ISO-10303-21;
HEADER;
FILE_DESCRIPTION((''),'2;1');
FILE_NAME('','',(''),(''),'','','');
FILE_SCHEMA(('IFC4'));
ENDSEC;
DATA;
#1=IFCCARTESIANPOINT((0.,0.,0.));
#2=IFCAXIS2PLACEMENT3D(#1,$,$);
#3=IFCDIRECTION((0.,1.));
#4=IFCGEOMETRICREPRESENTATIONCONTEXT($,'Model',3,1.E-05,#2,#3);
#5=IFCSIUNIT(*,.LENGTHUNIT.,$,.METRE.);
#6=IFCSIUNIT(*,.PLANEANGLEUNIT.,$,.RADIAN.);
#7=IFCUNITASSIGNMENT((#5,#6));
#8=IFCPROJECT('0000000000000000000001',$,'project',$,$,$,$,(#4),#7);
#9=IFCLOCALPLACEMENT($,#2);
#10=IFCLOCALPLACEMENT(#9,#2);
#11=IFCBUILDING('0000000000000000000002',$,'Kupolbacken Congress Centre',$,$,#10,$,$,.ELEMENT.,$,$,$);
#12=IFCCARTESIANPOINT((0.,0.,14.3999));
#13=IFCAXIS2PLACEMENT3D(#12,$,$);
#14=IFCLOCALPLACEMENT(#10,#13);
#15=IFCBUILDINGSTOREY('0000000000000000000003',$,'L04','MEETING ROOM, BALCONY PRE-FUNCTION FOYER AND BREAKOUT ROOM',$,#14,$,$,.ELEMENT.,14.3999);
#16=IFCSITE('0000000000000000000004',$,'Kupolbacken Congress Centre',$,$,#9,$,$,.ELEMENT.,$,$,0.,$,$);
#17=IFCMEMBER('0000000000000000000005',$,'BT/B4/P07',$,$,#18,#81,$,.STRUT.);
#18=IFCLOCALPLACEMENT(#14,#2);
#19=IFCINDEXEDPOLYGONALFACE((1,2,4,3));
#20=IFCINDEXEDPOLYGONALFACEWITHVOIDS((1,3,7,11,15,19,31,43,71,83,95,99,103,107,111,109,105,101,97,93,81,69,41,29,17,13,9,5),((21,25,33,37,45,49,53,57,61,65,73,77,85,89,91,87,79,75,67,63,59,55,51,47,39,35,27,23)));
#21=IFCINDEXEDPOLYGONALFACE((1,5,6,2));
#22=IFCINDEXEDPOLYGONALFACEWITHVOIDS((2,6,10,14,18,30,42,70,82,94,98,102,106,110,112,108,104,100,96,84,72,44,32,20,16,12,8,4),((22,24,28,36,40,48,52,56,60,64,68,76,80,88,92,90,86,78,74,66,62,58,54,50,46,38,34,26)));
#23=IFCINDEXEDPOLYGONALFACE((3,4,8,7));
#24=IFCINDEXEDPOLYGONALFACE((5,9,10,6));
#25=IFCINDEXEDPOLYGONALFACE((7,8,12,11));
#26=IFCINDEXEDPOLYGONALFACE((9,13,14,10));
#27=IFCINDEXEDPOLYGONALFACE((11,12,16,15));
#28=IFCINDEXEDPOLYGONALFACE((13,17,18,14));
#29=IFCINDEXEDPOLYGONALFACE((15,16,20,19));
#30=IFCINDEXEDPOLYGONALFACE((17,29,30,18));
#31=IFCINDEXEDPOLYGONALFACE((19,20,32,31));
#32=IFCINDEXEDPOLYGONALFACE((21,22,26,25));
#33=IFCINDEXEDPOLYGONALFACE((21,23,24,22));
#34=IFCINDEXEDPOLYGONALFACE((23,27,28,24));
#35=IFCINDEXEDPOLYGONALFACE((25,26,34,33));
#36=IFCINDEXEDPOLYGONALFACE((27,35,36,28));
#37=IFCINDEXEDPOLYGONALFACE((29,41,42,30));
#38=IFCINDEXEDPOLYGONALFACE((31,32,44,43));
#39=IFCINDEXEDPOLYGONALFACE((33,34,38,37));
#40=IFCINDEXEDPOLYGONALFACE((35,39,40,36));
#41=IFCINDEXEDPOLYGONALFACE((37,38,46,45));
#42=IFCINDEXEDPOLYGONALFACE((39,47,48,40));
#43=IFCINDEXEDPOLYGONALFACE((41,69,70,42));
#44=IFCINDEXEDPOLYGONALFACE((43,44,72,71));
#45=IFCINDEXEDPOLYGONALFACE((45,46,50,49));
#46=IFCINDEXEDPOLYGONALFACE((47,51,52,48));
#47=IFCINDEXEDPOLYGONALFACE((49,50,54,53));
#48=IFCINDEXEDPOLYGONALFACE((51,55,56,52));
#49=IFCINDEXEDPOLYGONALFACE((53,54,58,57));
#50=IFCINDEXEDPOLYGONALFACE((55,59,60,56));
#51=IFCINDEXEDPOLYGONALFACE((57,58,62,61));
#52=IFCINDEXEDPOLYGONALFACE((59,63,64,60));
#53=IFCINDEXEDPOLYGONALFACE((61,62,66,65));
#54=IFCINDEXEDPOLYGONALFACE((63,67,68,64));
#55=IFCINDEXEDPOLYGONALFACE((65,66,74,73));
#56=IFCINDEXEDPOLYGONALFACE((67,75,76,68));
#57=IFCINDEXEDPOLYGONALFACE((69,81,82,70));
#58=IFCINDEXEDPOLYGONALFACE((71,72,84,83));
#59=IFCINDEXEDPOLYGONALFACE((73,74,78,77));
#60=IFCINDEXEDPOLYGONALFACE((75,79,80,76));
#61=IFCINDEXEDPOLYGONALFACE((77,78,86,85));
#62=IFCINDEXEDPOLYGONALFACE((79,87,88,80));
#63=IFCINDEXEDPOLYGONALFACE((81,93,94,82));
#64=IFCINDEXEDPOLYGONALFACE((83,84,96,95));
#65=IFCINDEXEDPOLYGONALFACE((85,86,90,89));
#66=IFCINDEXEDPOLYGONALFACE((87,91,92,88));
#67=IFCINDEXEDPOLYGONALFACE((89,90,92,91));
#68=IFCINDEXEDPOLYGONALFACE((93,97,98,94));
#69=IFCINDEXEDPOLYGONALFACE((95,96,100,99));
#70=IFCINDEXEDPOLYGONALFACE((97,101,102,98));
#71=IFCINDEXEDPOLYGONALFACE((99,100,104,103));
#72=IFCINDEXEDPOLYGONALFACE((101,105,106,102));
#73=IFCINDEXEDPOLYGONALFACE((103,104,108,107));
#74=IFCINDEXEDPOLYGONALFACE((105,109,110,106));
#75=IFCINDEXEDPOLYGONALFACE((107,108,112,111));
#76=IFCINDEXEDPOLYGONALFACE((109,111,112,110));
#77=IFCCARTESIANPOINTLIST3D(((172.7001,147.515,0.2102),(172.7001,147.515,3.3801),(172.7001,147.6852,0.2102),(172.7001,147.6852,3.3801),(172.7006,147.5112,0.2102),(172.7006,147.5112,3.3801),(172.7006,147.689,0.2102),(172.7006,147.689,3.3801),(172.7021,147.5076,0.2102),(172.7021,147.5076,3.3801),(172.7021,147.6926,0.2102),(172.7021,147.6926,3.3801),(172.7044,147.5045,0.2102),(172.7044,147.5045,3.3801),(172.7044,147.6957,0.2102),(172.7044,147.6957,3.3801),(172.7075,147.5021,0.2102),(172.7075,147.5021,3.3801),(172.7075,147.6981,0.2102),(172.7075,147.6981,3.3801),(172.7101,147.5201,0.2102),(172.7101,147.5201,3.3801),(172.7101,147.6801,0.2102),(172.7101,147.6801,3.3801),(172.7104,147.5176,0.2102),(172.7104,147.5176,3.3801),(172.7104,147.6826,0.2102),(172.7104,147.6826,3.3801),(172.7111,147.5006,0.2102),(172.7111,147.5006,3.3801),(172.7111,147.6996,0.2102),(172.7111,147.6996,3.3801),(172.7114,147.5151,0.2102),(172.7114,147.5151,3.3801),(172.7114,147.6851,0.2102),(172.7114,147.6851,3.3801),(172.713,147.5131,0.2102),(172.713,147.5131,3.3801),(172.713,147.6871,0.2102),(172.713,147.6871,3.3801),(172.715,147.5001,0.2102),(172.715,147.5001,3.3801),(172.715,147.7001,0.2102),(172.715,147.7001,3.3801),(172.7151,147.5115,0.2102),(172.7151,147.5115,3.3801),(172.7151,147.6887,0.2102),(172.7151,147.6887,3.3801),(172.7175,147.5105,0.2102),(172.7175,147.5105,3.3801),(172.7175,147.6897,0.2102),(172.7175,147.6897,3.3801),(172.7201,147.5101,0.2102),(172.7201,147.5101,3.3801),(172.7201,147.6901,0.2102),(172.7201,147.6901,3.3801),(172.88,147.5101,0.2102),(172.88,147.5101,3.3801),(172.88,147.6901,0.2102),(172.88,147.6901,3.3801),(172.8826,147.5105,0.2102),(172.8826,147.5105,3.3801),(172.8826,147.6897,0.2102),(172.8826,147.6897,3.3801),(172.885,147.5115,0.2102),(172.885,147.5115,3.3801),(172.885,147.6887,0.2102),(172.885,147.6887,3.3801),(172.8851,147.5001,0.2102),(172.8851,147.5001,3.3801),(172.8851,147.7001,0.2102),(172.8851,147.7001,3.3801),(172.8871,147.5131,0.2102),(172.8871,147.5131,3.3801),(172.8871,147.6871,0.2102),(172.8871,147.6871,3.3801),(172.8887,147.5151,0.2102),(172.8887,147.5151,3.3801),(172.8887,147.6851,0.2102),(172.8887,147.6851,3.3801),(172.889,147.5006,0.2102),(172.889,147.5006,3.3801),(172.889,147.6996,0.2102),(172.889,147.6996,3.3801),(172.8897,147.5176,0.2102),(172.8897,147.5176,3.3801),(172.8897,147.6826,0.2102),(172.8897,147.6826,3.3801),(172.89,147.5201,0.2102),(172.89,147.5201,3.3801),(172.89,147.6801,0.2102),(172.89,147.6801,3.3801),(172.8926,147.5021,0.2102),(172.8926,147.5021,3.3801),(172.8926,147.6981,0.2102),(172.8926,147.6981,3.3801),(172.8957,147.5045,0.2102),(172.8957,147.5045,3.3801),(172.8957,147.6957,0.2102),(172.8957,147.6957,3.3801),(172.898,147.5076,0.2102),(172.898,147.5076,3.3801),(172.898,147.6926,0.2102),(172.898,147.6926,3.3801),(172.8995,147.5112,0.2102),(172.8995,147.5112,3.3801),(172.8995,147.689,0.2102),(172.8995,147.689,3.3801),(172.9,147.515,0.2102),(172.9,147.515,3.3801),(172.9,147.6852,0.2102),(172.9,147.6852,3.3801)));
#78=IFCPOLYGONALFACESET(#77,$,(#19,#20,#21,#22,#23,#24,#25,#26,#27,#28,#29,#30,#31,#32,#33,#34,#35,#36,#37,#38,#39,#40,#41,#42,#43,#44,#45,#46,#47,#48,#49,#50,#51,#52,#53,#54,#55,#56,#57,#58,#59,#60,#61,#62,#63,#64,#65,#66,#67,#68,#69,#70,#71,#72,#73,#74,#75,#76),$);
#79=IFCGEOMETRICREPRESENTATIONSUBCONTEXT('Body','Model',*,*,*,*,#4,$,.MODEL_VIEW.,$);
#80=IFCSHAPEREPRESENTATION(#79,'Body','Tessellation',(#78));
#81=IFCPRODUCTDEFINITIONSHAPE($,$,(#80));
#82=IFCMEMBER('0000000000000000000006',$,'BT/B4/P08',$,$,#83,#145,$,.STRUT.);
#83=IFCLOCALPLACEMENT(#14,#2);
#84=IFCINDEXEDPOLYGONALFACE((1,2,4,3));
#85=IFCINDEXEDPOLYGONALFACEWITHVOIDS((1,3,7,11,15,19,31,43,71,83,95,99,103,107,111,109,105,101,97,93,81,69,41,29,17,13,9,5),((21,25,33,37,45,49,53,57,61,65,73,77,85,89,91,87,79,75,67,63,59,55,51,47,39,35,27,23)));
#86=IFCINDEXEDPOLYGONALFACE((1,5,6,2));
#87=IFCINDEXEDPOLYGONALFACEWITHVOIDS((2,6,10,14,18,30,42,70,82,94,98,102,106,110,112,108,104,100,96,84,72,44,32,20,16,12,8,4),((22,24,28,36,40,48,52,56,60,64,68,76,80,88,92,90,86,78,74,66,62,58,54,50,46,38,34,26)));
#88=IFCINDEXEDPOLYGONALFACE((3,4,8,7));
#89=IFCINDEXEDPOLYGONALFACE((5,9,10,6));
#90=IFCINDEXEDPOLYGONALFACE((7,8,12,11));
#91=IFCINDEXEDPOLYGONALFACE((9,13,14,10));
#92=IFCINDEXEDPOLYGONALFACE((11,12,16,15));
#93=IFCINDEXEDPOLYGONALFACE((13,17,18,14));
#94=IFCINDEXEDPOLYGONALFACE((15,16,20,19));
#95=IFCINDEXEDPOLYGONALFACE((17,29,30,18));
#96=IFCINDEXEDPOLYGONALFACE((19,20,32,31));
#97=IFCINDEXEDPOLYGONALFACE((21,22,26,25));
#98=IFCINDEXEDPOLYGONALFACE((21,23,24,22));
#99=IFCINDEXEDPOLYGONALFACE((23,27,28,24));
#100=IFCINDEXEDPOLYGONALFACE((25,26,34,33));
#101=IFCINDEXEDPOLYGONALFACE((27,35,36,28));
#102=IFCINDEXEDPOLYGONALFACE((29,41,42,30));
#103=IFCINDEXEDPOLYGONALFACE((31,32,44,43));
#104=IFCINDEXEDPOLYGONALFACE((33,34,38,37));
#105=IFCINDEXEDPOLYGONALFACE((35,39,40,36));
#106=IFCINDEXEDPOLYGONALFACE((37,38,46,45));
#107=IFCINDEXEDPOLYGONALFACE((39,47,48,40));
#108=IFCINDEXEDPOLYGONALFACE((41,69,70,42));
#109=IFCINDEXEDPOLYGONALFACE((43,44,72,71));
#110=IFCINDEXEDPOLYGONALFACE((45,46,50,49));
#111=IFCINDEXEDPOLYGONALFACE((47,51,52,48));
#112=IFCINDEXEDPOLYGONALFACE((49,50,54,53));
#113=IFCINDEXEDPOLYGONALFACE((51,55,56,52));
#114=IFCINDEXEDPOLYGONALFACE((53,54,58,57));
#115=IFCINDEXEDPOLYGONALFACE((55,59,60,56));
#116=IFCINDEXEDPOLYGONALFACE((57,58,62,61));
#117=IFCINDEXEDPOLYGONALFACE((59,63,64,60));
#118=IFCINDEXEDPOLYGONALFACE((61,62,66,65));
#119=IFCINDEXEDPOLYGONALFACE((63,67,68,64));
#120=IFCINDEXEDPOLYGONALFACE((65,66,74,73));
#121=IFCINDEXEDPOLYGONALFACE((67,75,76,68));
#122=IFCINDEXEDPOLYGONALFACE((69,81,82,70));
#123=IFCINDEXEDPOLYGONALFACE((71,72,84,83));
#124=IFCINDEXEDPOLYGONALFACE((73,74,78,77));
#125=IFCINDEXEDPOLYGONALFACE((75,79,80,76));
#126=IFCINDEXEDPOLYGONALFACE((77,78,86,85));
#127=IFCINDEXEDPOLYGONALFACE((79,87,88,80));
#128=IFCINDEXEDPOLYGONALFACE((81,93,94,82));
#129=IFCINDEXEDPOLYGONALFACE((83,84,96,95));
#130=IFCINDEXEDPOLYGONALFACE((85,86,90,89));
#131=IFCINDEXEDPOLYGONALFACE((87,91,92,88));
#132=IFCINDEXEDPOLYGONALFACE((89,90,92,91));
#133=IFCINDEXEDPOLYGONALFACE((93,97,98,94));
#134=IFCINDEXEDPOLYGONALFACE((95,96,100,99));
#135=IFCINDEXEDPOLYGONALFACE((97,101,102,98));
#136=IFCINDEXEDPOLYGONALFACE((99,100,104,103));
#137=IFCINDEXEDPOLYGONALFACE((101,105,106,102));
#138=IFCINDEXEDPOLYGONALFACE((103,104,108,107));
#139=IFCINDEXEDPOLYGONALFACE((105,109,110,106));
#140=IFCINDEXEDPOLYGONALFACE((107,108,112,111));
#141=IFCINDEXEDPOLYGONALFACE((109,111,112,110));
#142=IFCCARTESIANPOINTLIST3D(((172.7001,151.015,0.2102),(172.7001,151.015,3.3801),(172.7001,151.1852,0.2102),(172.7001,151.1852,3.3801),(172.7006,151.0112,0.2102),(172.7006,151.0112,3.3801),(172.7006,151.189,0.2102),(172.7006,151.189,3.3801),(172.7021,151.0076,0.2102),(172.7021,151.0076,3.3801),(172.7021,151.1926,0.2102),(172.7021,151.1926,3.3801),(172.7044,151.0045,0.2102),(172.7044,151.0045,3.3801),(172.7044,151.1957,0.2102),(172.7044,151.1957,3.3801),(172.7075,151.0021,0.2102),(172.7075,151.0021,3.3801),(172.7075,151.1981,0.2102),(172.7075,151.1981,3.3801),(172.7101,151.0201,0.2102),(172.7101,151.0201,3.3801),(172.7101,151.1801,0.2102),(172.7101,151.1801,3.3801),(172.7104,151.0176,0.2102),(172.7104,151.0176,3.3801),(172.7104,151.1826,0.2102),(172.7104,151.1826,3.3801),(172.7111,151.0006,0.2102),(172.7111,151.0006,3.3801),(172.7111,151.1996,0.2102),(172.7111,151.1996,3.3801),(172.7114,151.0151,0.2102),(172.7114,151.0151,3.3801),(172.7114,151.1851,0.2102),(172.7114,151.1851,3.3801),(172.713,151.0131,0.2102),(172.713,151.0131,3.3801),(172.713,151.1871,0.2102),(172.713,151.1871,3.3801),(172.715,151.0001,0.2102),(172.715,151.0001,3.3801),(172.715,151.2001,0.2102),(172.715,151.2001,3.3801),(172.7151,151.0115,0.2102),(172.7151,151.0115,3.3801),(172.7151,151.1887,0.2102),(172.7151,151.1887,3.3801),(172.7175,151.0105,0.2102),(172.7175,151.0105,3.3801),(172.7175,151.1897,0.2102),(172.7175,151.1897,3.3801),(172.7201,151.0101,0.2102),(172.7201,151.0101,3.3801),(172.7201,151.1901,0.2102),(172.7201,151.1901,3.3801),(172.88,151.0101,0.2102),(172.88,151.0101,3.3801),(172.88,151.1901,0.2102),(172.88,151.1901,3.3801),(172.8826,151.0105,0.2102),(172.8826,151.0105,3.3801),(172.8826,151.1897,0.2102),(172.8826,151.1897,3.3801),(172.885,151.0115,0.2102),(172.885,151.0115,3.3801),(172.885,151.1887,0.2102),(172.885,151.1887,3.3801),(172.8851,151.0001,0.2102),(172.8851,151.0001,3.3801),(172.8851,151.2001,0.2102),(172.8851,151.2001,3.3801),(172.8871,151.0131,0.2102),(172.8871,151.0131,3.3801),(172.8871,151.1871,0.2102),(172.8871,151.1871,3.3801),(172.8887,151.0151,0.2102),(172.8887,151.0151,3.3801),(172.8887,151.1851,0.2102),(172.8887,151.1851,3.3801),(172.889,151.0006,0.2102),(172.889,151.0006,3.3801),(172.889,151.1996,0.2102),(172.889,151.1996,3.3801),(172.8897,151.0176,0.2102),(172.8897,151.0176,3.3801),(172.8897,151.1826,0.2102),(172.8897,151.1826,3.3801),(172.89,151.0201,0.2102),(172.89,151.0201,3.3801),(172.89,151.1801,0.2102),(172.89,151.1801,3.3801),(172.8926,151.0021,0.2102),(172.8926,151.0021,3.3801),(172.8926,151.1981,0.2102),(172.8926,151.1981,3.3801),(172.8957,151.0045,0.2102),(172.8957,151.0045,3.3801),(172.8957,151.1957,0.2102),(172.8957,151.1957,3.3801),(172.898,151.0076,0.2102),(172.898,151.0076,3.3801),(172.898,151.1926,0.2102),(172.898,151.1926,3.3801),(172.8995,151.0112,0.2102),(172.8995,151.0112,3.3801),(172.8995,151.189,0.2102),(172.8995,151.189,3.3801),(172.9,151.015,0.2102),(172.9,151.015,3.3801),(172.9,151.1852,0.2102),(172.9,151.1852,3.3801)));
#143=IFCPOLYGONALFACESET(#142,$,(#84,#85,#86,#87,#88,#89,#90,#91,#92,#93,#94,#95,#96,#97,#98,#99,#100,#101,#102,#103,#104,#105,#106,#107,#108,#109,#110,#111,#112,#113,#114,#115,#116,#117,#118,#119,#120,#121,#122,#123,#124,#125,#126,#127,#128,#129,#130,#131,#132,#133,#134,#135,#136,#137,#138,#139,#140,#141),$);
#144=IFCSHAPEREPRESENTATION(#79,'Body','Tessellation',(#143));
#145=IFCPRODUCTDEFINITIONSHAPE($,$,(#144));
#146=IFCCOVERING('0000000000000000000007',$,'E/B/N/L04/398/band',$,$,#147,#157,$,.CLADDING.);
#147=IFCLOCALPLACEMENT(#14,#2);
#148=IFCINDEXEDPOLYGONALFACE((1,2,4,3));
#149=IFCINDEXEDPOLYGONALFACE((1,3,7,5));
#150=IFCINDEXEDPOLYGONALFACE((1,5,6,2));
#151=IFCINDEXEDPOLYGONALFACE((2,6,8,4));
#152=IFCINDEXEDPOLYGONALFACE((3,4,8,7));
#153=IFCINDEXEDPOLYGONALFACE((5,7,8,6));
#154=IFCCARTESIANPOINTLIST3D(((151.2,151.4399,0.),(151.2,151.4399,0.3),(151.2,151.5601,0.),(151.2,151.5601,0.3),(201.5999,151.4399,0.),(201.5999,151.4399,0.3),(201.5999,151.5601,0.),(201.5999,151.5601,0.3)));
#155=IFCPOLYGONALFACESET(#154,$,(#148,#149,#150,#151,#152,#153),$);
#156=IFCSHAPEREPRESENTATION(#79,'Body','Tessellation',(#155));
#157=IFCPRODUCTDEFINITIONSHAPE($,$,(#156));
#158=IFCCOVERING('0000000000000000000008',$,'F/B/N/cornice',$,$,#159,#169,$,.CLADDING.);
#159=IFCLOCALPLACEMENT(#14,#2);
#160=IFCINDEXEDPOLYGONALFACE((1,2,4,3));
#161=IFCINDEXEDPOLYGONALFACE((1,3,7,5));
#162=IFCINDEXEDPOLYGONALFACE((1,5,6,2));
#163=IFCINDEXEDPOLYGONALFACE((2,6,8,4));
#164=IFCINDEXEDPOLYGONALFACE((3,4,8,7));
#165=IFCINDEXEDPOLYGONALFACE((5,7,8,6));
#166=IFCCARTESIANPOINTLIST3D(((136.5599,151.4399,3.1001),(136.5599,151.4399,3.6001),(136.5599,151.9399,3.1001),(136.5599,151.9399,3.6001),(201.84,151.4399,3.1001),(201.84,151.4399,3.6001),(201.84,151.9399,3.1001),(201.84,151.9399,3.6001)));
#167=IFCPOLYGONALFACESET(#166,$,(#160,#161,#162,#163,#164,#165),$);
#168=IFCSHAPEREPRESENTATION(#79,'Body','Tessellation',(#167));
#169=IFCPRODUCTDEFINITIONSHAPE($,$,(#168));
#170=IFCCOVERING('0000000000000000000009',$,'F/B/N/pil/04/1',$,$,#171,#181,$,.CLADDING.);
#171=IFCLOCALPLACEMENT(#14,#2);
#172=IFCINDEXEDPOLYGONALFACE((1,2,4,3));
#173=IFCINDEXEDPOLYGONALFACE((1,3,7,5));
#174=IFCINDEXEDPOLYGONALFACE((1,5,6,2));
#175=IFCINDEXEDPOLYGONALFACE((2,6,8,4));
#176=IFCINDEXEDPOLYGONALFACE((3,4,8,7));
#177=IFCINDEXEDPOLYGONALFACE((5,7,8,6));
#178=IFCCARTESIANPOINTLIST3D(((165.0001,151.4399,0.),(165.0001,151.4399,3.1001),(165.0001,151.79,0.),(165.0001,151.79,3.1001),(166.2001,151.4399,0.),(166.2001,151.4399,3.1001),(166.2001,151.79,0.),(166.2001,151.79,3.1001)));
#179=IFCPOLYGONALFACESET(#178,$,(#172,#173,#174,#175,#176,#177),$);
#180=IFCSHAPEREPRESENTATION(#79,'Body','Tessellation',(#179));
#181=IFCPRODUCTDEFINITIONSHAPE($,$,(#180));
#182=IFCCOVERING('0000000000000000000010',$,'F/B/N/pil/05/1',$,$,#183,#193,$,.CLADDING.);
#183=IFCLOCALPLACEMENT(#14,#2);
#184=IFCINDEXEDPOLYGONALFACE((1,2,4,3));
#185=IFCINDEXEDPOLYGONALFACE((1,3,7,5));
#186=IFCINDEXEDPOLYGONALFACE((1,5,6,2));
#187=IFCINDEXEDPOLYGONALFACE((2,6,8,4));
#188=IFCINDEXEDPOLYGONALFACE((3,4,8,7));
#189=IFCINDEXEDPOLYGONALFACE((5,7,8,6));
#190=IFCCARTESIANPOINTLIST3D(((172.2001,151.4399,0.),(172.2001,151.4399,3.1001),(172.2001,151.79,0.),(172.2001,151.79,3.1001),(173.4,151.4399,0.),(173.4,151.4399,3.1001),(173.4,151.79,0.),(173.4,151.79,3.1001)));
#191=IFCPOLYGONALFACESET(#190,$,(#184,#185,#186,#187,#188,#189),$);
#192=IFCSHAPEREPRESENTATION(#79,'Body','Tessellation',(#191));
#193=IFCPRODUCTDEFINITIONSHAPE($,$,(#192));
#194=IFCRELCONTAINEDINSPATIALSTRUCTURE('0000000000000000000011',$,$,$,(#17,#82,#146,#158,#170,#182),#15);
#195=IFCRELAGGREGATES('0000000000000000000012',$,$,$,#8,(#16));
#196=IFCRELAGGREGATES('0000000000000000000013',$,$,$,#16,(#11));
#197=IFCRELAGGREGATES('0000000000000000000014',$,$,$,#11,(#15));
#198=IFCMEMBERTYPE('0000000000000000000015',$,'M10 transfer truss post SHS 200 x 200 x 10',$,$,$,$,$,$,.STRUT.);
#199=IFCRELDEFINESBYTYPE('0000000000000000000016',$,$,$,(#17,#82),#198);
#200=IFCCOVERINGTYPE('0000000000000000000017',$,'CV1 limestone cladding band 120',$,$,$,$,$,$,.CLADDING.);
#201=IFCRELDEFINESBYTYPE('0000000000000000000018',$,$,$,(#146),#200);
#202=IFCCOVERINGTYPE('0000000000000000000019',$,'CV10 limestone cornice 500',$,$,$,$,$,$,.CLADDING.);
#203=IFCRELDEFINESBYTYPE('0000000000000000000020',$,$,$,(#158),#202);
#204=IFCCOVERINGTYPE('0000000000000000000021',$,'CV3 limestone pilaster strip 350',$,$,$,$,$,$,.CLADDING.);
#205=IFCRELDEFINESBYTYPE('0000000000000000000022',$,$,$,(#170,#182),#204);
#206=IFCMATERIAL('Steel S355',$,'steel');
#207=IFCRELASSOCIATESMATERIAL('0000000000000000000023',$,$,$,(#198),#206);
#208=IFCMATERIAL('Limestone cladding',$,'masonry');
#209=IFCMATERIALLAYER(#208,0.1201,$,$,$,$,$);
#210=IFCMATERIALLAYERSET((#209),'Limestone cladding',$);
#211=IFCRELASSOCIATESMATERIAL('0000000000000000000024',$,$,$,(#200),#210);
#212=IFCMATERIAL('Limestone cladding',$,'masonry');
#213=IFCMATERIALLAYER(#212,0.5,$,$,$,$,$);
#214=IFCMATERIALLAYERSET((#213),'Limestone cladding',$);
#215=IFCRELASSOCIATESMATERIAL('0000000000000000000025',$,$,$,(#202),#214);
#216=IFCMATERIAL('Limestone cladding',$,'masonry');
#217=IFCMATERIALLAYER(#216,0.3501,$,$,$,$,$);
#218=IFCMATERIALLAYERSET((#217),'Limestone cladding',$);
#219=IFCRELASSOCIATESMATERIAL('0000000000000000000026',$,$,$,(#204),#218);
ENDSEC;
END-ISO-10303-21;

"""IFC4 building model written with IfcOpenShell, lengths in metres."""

from ifc_helpers import new_model, si_unit, direction, frame, origin, origin_2d, place, context, subcontext, project, spatial, rectangle, hollow_rectangle, extrude, material, layer, layer_set, material_profile, profile_set, type_object, element, save


model = new_model("IFC4")

# Units and contexts
model_context = context("Model", 3, precision=1e-05, world=origin(), true_north=direction((0.0, 1.0)))
body_context = subcontext(model_context, "Body", "Model", "MODEL_VIEW")
ifc_project = project(units=[si_unit("LENGTHUNIT", "METRE"), si_unit("PLANEANGLEUNIT", "RADIAN")], contexts=[model_context])

# Site, building, storey
site_placement = place(None, origin())
site = spatial("IfcSite", under=ifc_project, at=site_placement, Name="Kupolbacken Congress Centre", CompositionType="ELEMENT", RefElevation=0.0)
building_placement = place(site_placement, origin())
building = spatial("IfcBuilding", under=site, at=building_placement, Name="Kupolbacken Congress Centre", CompositionType="ELEMENT")
storey_placement = place(building_placement, frame((0.0, 0.0, 14.3999)))
storey = spatial("IfcBuildingStorey", under=building, at=storey_placement, Name="L04", Description="MEETING ROOM, BALCONY PRE-FUNCTION FOYER AND BREAKOUT ROOM", CompositionType="ELEMENT", Elevation=14.3999)

# Members
ifc_material_1 = material(Name="Steel S355", Category="steel")
ifc_material_profile_1 = material_profile(ifc_material_1, hollow_rectangle(XDim=0.2, YDim=0.2, WallThickness=0.01, InnerFilletRadius=0.01, OuterFilletRadius=0.0149, at=origin_2d()), Name="SHS 200 x 200 x 10")
ifc_profile_set_1 = profile_set([ifc_material_profile_1], Name="Steel S355")
member_type_1 = type_object("IfcMemberType", Name="M10 transfer truss post SHS 200 x 200 x 10", PredefinedType="STRUT", material=ifc_profile_set_1)
for number, where, z_axis, x_axis, name in (
    (1, (172.8, 147.6001, 0.2102), (0.0, 0.0, 1.0), (0.0, 1.0, 0.0), "BT/B4/P07"),
    (2, (172.8, 151.1001, 0.2102), (0.0, 0.0, 1.0), (0.0, 1.0, 0.0), "BT/B4/P08"),
):
    element("IfcMember", number, at=place(storey_placement, frame(where, z_axis=z_axis, x_axis=x_axis)), inside=storey, type_object=member_type_1, Name=name, PredefinedType="STRUT", context=body_context, shape_type="SweptSolid", body=[
        extrude(hollow_rectangle(XDim=0.2, YDim=0.2, WallThickness=0.01, InnerFilletRadius=0.01, OuterFilletRadius=0.0149, at=origin_2d()), origin(), (0.0, 0.0, 1.0), 3.1699),
    ])

# Coverings
ifc_material_2 = material(Name="Limestone cladding", Category="masonry")
ifc_layer_1 = layer(ifc_material_2, 0.1201)
ifc_layer_set_1 = layer_set([ifc_layer_1], Name="Limestone cladding")
covering_type_1 = type_object("IfcCoveringType", Name="CV1 limestone cladding band 120", PredefinedType="CLADDING", material=ifc_layer_set_1)
covering_1_placement = place(storey_placement, frame((176.3999, 151.5, 0.0), z_axis=(0.0, 0.0, 1.0), x_axis=(-1.0, 0.0, 0.0)))
element("IfcCovering", 3, at=covering_1_placement, inside=storey, type_object=covering_type_1, Name="E/B/N/L04/398/band", PredefinedType="CLADDING", context=body_context, shape_type="SweptSolid", body=[
    extrude(rectangle(XDim=50.3999, YDim=0.1201, at=origin_2d()), origin(), (0.0, 0.0, 1.0), 0.3),
])
ifc_material_3 = material(Name="Limestone cladding", Category="masonry")
ifc_layer_2 = layer(ifc_material_3, 0.5)
ifc_layer_set_2 = layer_set([ifc_layer_2], Name="Limestone cladding")
covering_type_2 = type_object("IfcCoveringType", Name="CV10 limestone cornice 500", PredefinedType="CLADDING", material=ifc_layer_set_2)
covering_2_placement = place(storey_placement, frame((169.2, 151.6899, 3.1001), z_axis=(0.0, 0.0, 1.0), x_axis=(1.0, 0.0, 0.0)))
element("IfcCovering", 4, at=covering_2_placement, inside=storey, type_object=covering_type_2, Name="F/B/N/cornice", PredefinedType="CLADDING", context=body_context, shape_type="SweptSolid", body=[
    extrude(rectangle(XDim=65.28, YDim=0.5, at=origin_2d()), origin(), (0.0, 0.0, 1.0), 0.5),
])
ifc_material_4 = material(Name="Limestone cladding", Category="masonry")
ifc_layer_3 = layer(ifc_material_4, 0.3501)
ifc_layer_set_3 = layer_set([ifc_layer_3], Name="Limestone cladding")
covering_type_3 = type_object("IfcCoveringType", Name="CV3 limestone pilaster strip 350", PredefinedType="CLADDING", material=ifc_layer_set_3)
for number, where, z_axis, x_axis, name in (
    (5, (165.6001, 151.615, 0.0), (0.0, 0.0, 1.0), (1.0, 0.0, 0.0), "F/B/N/pil/04/1"),
    (6, (172.8, 151.615, 0.0), (0.0, 0.0, 1.0), (1.0, 0.0, 0.0), "F/B/N/pil/05/1"),
):
    element("IfcCovering", number, at=place(storey_placement, frame(where, z_axis=z_axis, x_axis=x_axis)), inside=storey, type_object=covering_type_3, Name=name, PredefinedType="CLADDING", context=body_context, shape_type="SweptSolid", body=[
        extrude(rectangle(XDim=1.2, YDim=0.3501, at=origin_2d()), origin(), (0.0, 0.0, 1.0), 3.1001),
    ])

save(model, "model.ifc")
